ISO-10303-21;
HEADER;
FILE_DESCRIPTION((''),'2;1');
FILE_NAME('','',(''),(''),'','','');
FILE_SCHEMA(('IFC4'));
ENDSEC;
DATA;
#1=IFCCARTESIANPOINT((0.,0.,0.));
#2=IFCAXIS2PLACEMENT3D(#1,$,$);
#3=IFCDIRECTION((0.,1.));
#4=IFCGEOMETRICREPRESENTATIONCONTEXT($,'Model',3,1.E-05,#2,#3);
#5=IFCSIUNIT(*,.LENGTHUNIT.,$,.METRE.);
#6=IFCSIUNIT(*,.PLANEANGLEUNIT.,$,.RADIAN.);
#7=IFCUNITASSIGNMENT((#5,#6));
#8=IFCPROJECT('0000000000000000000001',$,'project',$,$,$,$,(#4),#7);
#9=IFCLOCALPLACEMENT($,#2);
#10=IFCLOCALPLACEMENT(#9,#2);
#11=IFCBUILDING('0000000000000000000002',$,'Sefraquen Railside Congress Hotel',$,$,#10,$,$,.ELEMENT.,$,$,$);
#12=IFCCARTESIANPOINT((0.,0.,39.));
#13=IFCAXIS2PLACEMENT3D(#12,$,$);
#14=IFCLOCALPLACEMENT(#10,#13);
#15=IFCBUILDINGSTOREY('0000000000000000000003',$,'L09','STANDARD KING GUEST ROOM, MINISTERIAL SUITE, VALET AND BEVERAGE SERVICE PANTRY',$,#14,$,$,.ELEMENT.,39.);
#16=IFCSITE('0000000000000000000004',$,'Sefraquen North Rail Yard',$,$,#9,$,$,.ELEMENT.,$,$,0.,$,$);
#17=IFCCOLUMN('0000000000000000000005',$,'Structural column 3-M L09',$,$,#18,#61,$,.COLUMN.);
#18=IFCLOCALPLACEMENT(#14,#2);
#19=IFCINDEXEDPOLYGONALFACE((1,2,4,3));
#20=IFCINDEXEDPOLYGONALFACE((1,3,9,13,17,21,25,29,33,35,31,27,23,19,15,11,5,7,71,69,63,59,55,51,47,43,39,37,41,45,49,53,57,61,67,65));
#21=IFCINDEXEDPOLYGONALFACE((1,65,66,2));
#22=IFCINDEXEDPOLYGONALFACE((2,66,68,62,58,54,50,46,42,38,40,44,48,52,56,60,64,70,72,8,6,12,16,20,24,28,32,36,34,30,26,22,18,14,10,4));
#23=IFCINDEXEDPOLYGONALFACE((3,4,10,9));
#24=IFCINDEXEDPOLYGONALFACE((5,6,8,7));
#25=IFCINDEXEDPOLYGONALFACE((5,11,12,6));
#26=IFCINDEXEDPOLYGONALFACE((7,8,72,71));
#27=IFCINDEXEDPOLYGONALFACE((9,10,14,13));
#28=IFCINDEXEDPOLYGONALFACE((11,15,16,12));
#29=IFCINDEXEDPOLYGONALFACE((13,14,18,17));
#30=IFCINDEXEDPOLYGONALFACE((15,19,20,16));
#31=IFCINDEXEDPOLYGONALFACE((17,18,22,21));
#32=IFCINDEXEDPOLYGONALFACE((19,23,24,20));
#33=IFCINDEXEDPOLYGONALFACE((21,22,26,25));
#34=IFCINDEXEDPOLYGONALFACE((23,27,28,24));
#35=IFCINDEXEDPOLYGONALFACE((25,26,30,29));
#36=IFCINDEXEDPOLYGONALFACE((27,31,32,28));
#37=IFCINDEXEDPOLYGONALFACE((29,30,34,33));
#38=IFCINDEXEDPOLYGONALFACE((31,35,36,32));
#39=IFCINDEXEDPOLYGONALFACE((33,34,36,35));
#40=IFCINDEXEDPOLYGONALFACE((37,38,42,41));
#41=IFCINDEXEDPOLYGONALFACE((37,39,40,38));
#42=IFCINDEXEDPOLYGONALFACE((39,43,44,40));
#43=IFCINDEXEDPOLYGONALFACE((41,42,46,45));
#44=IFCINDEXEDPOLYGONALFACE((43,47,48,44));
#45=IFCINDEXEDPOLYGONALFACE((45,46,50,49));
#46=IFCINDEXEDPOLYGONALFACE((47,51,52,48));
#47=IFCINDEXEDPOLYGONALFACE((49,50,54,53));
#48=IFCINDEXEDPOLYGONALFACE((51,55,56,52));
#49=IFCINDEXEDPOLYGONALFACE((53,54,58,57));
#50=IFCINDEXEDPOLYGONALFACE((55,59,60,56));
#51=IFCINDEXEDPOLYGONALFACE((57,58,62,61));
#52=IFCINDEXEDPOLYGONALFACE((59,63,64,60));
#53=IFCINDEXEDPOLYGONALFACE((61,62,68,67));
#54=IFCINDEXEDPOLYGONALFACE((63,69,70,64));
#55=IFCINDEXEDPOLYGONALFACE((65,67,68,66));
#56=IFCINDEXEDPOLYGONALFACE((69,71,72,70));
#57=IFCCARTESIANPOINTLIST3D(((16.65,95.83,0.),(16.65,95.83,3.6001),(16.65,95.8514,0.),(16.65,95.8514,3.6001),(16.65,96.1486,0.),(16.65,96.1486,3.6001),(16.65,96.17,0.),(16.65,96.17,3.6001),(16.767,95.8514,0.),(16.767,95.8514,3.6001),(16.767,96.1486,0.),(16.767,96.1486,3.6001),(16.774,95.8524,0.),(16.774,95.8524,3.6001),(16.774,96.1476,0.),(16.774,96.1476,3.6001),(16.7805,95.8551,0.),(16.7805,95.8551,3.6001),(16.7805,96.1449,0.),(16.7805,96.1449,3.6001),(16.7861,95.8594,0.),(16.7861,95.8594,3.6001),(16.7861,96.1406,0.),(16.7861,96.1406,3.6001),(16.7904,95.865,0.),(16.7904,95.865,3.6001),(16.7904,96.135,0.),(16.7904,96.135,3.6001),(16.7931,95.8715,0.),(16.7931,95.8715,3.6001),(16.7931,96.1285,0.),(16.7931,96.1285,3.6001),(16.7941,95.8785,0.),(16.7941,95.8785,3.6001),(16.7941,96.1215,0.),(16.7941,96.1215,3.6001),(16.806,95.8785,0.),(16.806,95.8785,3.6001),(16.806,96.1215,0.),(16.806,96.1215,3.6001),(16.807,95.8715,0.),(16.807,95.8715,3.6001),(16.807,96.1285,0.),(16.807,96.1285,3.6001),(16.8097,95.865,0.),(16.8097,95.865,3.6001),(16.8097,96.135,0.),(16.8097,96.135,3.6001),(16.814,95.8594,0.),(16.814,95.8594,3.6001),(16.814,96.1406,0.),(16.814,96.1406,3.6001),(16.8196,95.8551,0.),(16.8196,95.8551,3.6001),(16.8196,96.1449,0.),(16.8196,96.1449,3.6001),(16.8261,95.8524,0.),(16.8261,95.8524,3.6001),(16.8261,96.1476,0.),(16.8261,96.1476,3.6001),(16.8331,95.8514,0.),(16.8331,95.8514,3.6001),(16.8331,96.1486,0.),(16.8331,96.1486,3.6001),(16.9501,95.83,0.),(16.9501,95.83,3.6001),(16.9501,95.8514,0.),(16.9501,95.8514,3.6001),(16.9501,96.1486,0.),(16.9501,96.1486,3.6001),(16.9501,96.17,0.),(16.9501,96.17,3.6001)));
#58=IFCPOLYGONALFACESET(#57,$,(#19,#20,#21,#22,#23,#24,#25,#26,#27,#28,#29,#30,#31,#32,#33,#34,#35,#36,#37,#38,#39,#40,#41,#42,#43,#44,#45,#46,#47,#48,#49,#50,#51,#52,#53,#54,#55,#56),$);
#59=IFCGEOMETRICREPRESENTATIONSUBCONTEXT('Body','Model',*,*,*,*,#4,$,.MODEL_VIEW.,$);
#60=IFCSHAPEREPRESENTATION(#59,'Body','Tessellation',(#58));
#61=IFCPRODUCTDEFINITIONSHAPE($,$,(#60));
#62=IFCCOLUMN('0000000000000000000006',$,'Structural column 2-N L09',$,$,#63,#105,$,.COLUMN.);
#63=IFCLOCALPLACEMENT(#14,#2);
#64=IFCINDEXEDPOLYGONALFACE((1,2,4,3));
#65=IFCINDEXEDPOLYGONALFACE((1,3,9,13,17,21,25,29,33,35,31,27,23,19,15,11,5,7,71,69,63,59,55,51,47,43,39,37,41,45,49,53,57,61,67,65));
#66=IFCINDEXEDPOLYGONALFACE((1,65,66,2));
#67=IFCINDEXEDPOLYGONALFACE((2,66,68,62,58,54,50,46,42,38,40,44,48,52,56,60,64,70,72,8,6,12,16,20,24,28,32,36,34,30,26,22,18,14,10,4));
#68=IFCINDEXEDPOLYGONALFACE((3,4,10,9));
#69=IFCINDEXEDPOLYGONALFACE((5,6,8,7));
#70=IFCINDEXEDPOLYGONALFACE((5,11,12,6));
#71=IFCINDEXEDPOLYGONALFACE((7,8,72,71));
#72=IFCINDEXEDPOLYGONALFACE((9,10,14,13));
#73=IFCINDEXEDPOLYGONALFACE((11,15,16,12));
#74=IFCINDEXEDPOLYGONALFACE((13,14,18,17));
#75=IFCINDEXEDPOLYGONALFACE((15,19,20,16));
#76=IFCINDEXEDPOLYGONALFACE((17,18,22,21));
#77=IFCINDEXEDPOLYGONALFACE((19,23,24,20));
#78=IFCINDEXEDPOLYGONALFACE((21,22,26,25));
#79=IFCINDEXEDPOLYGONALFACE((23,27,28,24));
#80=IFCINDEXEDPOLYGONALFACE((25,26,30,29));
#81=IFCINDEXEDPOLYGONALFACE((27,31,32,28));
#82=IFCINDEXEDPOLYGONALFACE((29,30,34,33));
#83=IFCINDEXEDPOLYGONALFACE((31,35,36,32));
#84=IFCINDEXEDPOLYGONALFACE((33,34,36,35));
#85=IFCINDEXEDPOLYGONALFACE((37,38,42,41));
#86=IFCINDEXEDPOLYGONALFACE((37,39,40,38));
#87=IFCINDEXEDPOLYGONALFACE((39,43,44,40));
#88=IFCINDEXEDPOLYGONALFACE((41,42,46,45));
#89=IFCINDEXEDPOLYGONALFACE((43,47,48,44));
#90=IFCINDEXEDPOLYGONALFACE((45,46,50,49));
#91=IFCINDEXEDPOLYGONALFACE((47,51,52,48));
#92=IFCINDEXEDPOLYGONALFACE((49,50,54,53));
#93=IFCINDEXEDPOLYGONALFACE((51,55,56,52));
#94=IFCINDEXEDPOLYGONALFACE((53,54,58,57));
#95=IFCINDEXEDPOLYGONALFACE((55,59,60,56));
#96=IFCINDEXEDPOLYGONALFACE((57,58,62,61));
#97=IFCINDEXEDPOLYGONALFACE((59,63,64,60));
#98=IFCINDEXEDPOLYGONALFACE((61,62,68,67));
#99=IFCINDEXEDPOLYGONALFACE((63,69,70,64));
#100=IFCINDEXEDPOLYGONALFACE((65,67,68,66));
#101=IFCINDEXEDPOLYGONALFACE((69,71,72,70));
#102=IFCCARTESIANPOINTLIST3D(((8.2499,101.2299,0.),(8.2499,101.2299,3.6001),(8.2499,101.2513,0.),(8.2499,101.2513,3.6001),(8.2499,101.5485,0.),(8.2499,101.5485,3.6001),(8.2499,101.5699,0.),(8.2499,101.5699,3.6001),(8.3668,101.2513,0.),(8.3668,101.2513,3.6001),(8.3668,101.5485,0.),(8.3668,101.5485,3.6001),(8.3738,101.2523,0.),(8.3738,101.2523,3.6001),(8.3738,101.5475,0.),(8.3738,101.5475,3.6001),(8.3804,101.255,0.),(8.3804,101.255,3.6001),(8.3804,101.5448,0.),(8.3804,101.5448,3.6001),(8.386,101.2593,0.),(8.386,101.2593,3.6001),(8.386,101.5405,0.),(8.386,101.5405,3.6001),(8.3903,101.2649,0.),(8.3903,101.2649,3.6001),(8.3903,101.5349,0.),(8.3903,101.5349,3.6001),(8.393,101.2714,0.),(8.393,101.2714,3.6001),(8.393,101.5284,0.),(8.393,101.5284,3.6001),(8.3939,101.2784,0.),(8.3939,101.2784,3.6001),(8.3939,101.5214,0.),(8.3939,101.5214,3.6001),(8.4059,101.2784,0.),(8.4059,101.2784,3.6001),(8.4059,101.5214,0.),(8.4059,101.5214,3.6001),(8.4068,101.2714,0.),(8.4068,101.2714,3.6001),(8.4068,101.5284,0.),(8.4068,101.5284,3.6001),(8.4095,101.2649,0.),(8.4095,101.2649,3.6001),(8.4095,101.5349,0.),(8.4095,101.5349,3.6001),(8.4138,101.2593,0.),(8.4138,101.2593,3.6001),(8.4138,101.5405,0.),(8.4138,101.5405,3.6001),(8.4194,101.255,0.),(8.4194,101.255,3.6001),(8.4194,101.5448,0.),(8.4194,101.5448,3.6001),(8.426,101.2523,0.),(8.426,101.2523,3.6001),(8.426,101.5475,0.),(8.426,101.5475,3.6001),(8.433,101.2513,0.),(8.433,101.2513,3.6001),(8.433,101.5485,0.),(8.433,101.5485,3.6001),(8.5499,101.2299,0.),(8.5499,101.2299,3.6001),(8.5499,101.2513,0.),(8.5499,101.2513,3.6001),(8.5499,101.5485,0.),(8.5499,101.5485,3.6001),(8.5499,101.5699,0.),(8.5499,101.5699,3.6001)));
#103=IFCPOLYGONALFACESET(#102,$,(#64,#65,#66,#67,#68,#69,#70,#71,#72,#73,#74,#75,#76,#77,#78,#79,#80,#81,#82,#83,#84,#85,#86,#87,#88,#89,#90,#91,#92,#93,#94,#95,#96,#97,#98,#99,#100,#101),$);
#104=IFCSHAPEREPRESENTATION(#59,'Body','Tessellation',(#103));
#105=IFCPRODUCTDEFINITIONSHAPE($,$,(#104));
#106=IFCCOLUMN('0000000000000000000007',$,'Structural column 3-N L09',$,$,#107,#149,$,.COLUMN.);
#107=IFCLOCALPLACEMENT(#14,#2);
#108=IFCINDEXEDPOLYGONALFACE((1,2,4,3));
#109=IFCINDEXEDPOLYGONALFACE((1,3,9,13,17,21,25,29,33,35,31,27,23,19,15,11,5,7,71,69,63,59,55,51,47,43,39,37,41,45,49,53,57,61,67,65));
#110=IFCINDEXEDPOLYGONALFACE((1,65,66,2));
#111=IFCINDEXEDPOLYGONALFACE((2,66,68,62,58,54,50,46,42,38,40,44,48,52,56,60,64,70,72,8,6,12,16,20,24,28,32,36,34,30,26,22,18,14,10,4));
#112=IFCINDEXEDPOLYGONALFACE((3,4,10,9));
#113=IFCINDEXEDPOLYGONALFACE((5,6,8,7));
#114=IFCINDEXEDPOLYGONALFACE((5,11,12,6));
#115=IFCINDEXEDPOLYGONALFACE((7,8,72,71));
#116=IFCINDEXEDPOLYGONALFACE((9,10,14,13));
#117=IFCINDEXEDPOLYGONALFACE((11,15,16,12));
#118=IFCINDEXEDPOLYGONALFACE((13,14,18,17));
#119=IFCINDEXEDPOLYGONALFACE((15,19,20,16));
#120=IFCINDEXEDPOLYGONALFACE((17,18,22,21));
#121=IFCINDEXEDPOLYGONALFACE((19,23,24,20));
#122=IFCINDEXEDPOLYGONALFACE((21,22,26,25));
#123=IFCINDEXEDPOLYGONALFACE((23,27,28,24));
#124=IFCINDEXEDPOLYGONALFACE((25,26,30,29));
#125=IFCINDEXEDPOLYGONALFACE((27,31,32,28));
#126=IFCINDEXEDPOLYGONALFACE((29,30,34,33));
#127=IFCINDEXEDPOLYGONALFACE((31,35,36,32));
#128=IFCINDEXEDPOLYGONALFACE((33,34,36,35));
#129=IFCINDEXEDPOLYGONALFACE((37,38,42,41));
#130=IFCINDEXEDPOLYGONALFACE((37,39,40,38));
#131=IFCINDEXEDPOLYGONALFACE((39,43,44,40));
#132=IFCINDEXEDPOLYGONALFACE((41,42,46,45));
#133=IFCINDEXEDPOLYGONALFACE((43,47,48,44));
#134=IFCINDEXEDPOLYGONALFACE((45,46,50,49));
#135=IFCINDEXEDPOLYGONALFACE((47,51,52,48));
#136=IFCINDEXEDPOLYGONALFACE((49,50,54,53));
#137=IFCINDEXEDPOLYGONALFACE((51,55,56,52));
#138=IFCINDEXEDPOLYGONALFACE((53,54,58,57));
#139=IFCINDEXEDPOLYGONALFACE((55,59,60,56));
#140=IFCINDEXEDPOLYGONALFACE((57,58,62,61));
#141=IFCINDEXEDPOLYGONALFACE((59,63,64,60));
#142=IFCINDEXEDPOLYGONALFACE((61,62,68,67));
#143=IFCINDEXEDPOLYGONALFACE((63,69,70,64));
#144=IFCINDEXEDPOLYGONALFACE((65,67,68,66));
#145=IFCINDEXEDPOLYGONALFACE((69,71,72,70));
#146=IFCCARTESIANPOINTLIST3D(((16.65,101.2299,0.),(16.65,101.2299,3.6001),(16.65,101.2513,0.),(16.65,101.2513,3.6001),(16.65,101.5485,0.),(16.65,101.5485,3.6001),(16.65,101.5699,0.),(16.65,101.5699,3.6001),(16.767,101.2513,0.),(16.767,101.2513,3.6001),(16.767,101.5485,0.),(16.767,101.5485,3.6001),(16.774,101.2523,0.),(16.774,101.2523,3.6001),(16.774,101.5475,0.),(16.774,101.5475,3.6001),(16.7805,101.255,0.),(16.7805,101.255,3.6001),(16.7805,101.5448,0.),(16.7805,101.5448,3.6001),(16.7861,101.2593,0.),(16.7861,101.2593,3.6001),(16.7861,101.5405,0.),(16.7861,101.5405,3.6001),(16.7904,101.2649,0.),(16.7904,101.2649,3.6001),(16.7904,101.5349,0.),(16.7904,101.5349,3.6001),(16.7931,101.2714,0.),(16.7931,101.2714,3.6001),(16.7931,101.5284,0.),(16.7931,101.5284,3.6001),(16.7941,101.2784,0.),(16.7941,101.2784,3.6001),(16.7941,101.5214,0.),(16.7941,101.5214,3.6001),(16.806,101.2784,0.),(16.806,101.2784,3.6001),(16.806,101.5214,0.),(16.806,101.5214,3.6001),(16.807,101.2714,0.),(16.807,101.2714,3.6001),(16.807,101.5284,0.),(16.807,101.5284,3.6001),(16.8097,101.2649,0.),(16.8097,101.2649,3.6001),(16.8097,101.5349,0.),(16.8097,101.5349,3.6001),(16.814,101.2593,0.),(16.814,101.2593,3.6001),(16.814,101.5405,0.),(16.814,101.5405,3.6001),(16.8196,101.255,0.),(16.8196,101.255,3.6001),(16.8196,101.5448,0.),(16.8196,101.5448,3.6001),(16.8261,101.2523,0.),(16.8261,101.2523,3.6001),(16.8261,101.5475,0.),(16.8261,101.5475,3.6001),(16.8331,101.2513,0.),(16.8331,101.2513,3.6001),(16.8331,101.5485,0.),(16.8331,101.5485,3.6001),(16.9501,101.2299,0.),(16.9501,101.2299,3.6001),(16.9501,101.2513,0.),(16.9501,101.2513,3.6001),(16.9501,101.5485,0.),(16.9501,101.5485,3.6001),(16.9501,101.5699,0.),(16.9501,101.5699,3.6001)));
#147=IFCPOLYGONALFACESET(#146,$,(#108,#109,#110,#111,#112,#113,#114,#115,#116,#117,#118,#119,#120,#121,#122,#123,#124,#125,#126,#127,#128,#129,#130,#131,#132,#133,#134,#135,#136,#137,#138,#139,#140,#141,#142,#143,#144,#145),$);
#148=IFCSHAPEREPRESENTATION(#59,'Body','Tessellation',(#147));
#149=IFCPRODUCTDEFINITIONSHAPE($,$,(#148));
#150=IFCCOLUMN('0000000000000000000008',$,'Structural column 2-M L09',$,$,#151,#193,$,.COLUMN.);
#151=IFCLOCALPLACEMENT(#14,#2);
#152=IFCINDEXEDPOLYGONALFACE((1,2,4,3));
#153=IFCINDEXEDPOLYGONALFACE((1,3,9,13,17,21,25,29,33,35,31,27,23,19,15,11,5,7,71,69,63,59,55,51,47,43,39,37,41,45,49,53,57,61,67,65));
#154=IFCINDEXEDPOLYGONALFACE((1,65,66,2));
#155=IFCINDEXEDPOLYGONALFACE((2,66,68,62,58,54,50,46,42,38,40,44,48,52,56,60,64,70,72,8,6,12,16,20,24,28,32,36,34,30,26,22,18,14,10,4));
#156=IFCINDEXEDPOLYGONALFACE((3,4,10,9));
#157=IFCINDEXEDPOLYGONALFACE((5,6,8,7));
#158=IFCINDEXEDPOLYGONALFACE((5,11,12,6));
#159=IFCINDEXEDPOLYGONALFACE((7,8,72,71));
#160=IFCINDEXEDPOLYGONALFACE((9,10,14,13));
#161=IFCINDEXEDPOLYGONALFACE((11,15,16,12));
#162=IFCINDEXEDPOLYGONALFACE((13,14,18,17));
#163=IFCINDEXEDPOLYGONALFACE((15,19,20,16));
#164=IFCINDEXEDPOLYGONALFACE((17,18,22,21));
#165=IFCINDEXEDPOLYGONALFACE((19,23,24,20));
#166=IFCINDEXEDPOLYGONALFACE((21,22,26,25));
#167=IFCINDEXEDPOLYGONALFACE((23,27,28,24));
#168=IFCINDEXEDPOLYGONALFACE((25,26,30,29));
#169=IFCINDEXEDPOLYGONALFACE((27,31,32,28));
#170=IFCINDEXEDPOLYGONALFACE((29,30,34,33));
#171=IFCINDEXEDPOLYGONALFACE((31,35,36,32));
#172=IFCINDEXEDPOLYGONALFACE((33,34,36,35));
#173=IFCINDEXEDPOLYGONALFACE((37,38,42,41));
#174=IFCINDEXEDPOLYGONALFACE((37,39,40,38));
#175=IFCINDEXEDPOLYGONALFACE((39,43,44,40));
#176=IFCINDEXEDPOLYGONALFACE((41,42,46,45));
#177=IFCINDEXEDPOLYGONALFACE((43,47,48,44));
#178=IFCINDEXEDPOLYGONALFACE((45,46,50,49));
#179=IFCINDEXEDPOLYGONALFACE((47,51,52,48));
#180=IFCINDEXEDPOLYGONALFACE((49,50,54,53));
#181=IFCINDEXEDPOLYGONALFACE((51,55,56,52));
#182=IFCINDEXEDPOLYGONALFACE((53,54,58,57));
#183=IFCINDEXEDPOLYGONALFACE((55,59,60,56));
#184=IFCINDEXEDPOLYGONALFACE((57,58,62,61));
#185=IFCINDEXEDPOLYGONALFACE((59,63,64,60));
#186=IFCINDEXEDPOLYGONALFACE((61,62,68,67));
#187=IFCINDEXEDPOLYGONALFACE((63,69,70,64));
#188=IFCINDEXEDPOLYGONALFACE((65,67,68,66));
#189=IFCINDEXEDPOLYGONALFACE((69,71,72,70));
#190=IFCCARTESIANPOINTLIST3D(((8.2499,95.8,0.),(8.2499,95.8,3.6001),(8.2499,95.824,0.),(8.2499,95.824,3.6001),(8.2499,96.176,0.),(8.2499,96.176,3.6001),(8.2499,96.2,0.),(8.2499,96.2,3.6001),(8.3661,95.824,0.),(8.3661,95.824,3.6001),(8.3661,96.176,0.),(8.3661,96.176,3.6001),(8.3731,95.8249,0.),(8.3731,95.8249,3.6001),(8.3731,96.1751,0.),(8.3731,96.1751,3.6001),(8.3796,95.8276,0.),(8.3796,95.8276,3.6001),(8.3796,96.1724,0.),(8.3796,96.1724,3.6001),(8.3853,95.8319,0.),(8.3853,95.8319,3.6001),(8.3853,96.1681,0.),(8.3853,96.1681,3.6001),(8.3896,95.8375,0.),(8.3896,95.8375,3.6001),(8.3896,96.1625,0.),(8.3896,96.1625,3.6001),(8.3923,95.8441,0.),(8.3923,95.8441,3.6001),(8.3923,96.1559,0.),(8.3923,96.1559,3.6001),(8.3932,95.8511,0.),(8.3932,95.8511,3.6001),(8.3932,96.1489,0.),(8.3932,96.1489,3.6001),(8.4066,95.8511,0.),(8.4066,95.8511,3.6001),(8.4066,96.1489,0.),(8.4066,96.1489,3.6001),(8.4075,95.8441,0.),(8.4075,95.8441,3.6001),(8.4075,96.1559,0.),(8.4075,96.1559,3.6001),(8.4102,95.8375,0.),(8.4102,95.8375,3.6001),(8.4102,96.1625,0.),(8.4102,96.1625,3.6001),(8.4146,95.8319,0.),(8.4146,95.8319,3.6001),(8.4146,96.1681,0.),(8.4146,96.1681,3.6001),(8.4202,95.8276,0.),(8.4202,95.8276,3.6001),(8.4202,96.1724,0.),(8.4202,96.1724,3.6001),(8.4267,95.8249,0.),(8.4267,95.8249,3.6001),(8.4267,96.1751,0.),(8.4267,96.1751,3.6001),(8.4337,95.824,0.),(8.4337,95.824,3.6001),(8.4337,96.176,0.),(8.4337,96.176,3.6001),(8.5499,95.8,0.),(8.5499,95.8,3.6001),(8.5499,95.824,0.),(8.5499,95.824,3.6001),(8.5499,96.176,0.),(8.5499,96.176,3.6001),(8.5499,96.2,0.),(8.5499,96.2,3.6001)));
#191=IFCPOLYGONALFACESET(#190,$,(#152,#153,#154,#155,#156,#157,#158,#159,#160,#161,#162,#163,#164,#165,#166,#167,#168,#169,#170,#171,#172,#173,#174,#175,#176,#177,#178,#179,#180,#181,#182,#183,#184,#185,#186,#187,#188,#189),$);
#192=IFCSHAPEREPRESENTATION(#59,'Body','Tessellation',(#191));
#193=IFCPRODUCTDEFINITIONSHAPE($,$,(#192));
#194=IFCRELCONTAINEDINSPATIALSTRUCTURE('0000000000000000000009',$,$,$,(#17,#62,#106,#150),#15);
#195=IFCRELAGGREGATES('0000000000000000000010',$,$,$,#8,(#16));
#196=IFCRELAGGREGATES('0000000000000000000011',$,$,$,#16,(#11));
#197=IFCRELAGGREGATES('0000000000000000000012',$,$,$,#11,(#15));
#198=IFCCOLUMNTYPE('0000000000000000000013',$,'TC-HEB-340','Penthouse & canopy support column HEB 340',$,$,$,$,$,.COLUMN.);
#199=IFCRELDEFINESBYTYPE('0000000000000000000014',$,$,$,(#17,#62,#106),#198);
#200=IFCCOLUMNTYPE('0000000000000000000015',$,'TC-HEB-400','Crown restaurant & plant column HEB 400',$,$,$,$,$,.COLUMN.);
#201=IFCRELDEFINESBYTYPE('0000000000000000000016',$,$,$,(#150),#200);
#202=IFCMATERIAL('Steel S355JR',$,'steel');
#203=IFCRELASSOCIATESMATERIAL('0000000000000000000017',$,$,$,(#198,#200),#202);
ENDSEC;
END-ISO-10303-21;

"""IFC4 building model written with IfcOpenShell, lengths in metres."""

from ifc_helpers import new_model, si_unit, direction, frame, origin, origin_2d, place, context, subcontext, project, spatial, i_section, extrude, material, material_profile, profile_set, type_object, element, save


model = new_model("IFC4")

# Units and contexts
model_context = context("Model", 3, precision=1e-05, world=origin(), true_north=direction((0.0, 1.0)))
body_context = subcontext(model_context, "Body", "Model", "MODEL_VIEW")
ifc_project = project(units=[si_unit("LENGTHUNIT", "METRE"), si_unit("PLANEANGLEUNIT", "RADIAN")], contexts=[model_context])

# Site, building, storey
site_placement = place(None, origin())
site = spatial("IfcSite", under=ifc_project, at=site_placement, Name="Sefraquen North Rail Yard", CompositionType="ELEMENT", RefElevation=0.0)
building_placement = place(site_placement, origin())
building = spatial("IfcBuilding", under=site, at=building_placement, Name="Sefraquen Railside Congress Hotel", CompositionType="ELEMENT")
storey_placement = place(building_placement, frame((0.0, 0.0, 39.0)))
storey = spatial("IfcBuildingStorey", under=building, at=storey_placement, Name="L09", Description="STANDARD KING GUEST ROOM, MINISTERIAL SUITE, VALET AND BEVERAGE SERVICE PANTRY", CompositionType="ELEMENT", Elevation=39.0)

# Columns
ifc_material_1 = material(Name="Steel S355JR", Category="steel")
ifc_material_profile_1 = material_profile(ifc_material_1, i_section(OverallWidth=0.3, OverallDepth=0.3401, WebThickness=0.012, FlangeThickness=0.0215, FilletRadius=0.0271, at=origin_2d()), Name="HEB 340")
ifc_profile_set_1 = profile_set([ifc_material_profile_1], Name="Steel S355JR")
column_type_1 = type_object("IfcColumnType", Name="TC-HEB-340", Description="Penthouse & canopy support column HEB 340", PredefinedType="COLUMN", material=ifc_profile_set_1)
for number, where, z_axis, x_axis, name in (
    (1, (16.8, 96.0, 0.0), (0.0, 0.0, 1.0), (1.0, 0.0, 0.0), "Structural column 3-M L09"),
    (2, (8.3999, 101.3999, 0.0), (0.0, 0.0, 1.0), (1.0, 0.0, 0.0), "Structural column 2-N L09"),
    (3, (16.8, 101.3999, 0.0), (0.0, 0.0, 1.0), (1.0, 0.0, 0.0), "Structural column 3-N L09"),
):
    element("IfcColumn", number, at=place(storey_placement, frame(where, z_axis=z_axis, x_axis=x_axis)), inside=storey, type_object=column_type_1, Name=name, PredefinedType="COLUMN", context=body_context, shape_type="SweptSolid", body=[
        extrude(i_section(OverallWidth=0.3, OverallDepth=0.3401, WebThickness=0.012, FlangeThickness=0.0215, FilletRadius=0.0271, at=origin_2d()), origin(), (0.0, 0.0, 1.0), 3.6001),
    ])
ifc_material_profile_2 = material_profile(ifc_material_1, i_section(OverallWidth=0.3, OverallDepth=0.3999, WebThickness=0.0134, FlangeThickness=0.0239, FilletRadius=0.0271, at=origin_2d()), Name="HEB 400")
ifc_profile_set_2 = profile_set([ifc_material_profile_2], Name="Steel S355JR")
column_type_2 = type_object("IfcColumnType", Name="TC-HEB-400", Description="Crown restaurant & plant column HEB 400", PredefinedType="COLUMN", material=ifc_profile_set_2)
for number, where, z_axis, x_axis, name in (
    (4, (8.3999, 96.0, 0.0), (0.0, 0.0, 1.0), (1.0, 0.0, 0.0), "Structural column 2-M L09"),
):
    element("IfcColumn", number, at=place(storey_placement, frame(where, z_axis=z_axis, x_axis=x_axis)), inside=storey, type_object=column_type_2, Name=name, PredefinedType="COLUMN", context=body_context, shape_type="SweptSolid", body=[
        extrude(i_section(OverallWidth=0.3, OverallDepth=0.3999, WebThickness=0.0134, FlangeThickness=0.0239, FilletRadius=0.0271, at=origin_2d()), origin(), (0.0, 0.0, 1.0), 3.6001),
    ])

save(model, "model.ifc")
